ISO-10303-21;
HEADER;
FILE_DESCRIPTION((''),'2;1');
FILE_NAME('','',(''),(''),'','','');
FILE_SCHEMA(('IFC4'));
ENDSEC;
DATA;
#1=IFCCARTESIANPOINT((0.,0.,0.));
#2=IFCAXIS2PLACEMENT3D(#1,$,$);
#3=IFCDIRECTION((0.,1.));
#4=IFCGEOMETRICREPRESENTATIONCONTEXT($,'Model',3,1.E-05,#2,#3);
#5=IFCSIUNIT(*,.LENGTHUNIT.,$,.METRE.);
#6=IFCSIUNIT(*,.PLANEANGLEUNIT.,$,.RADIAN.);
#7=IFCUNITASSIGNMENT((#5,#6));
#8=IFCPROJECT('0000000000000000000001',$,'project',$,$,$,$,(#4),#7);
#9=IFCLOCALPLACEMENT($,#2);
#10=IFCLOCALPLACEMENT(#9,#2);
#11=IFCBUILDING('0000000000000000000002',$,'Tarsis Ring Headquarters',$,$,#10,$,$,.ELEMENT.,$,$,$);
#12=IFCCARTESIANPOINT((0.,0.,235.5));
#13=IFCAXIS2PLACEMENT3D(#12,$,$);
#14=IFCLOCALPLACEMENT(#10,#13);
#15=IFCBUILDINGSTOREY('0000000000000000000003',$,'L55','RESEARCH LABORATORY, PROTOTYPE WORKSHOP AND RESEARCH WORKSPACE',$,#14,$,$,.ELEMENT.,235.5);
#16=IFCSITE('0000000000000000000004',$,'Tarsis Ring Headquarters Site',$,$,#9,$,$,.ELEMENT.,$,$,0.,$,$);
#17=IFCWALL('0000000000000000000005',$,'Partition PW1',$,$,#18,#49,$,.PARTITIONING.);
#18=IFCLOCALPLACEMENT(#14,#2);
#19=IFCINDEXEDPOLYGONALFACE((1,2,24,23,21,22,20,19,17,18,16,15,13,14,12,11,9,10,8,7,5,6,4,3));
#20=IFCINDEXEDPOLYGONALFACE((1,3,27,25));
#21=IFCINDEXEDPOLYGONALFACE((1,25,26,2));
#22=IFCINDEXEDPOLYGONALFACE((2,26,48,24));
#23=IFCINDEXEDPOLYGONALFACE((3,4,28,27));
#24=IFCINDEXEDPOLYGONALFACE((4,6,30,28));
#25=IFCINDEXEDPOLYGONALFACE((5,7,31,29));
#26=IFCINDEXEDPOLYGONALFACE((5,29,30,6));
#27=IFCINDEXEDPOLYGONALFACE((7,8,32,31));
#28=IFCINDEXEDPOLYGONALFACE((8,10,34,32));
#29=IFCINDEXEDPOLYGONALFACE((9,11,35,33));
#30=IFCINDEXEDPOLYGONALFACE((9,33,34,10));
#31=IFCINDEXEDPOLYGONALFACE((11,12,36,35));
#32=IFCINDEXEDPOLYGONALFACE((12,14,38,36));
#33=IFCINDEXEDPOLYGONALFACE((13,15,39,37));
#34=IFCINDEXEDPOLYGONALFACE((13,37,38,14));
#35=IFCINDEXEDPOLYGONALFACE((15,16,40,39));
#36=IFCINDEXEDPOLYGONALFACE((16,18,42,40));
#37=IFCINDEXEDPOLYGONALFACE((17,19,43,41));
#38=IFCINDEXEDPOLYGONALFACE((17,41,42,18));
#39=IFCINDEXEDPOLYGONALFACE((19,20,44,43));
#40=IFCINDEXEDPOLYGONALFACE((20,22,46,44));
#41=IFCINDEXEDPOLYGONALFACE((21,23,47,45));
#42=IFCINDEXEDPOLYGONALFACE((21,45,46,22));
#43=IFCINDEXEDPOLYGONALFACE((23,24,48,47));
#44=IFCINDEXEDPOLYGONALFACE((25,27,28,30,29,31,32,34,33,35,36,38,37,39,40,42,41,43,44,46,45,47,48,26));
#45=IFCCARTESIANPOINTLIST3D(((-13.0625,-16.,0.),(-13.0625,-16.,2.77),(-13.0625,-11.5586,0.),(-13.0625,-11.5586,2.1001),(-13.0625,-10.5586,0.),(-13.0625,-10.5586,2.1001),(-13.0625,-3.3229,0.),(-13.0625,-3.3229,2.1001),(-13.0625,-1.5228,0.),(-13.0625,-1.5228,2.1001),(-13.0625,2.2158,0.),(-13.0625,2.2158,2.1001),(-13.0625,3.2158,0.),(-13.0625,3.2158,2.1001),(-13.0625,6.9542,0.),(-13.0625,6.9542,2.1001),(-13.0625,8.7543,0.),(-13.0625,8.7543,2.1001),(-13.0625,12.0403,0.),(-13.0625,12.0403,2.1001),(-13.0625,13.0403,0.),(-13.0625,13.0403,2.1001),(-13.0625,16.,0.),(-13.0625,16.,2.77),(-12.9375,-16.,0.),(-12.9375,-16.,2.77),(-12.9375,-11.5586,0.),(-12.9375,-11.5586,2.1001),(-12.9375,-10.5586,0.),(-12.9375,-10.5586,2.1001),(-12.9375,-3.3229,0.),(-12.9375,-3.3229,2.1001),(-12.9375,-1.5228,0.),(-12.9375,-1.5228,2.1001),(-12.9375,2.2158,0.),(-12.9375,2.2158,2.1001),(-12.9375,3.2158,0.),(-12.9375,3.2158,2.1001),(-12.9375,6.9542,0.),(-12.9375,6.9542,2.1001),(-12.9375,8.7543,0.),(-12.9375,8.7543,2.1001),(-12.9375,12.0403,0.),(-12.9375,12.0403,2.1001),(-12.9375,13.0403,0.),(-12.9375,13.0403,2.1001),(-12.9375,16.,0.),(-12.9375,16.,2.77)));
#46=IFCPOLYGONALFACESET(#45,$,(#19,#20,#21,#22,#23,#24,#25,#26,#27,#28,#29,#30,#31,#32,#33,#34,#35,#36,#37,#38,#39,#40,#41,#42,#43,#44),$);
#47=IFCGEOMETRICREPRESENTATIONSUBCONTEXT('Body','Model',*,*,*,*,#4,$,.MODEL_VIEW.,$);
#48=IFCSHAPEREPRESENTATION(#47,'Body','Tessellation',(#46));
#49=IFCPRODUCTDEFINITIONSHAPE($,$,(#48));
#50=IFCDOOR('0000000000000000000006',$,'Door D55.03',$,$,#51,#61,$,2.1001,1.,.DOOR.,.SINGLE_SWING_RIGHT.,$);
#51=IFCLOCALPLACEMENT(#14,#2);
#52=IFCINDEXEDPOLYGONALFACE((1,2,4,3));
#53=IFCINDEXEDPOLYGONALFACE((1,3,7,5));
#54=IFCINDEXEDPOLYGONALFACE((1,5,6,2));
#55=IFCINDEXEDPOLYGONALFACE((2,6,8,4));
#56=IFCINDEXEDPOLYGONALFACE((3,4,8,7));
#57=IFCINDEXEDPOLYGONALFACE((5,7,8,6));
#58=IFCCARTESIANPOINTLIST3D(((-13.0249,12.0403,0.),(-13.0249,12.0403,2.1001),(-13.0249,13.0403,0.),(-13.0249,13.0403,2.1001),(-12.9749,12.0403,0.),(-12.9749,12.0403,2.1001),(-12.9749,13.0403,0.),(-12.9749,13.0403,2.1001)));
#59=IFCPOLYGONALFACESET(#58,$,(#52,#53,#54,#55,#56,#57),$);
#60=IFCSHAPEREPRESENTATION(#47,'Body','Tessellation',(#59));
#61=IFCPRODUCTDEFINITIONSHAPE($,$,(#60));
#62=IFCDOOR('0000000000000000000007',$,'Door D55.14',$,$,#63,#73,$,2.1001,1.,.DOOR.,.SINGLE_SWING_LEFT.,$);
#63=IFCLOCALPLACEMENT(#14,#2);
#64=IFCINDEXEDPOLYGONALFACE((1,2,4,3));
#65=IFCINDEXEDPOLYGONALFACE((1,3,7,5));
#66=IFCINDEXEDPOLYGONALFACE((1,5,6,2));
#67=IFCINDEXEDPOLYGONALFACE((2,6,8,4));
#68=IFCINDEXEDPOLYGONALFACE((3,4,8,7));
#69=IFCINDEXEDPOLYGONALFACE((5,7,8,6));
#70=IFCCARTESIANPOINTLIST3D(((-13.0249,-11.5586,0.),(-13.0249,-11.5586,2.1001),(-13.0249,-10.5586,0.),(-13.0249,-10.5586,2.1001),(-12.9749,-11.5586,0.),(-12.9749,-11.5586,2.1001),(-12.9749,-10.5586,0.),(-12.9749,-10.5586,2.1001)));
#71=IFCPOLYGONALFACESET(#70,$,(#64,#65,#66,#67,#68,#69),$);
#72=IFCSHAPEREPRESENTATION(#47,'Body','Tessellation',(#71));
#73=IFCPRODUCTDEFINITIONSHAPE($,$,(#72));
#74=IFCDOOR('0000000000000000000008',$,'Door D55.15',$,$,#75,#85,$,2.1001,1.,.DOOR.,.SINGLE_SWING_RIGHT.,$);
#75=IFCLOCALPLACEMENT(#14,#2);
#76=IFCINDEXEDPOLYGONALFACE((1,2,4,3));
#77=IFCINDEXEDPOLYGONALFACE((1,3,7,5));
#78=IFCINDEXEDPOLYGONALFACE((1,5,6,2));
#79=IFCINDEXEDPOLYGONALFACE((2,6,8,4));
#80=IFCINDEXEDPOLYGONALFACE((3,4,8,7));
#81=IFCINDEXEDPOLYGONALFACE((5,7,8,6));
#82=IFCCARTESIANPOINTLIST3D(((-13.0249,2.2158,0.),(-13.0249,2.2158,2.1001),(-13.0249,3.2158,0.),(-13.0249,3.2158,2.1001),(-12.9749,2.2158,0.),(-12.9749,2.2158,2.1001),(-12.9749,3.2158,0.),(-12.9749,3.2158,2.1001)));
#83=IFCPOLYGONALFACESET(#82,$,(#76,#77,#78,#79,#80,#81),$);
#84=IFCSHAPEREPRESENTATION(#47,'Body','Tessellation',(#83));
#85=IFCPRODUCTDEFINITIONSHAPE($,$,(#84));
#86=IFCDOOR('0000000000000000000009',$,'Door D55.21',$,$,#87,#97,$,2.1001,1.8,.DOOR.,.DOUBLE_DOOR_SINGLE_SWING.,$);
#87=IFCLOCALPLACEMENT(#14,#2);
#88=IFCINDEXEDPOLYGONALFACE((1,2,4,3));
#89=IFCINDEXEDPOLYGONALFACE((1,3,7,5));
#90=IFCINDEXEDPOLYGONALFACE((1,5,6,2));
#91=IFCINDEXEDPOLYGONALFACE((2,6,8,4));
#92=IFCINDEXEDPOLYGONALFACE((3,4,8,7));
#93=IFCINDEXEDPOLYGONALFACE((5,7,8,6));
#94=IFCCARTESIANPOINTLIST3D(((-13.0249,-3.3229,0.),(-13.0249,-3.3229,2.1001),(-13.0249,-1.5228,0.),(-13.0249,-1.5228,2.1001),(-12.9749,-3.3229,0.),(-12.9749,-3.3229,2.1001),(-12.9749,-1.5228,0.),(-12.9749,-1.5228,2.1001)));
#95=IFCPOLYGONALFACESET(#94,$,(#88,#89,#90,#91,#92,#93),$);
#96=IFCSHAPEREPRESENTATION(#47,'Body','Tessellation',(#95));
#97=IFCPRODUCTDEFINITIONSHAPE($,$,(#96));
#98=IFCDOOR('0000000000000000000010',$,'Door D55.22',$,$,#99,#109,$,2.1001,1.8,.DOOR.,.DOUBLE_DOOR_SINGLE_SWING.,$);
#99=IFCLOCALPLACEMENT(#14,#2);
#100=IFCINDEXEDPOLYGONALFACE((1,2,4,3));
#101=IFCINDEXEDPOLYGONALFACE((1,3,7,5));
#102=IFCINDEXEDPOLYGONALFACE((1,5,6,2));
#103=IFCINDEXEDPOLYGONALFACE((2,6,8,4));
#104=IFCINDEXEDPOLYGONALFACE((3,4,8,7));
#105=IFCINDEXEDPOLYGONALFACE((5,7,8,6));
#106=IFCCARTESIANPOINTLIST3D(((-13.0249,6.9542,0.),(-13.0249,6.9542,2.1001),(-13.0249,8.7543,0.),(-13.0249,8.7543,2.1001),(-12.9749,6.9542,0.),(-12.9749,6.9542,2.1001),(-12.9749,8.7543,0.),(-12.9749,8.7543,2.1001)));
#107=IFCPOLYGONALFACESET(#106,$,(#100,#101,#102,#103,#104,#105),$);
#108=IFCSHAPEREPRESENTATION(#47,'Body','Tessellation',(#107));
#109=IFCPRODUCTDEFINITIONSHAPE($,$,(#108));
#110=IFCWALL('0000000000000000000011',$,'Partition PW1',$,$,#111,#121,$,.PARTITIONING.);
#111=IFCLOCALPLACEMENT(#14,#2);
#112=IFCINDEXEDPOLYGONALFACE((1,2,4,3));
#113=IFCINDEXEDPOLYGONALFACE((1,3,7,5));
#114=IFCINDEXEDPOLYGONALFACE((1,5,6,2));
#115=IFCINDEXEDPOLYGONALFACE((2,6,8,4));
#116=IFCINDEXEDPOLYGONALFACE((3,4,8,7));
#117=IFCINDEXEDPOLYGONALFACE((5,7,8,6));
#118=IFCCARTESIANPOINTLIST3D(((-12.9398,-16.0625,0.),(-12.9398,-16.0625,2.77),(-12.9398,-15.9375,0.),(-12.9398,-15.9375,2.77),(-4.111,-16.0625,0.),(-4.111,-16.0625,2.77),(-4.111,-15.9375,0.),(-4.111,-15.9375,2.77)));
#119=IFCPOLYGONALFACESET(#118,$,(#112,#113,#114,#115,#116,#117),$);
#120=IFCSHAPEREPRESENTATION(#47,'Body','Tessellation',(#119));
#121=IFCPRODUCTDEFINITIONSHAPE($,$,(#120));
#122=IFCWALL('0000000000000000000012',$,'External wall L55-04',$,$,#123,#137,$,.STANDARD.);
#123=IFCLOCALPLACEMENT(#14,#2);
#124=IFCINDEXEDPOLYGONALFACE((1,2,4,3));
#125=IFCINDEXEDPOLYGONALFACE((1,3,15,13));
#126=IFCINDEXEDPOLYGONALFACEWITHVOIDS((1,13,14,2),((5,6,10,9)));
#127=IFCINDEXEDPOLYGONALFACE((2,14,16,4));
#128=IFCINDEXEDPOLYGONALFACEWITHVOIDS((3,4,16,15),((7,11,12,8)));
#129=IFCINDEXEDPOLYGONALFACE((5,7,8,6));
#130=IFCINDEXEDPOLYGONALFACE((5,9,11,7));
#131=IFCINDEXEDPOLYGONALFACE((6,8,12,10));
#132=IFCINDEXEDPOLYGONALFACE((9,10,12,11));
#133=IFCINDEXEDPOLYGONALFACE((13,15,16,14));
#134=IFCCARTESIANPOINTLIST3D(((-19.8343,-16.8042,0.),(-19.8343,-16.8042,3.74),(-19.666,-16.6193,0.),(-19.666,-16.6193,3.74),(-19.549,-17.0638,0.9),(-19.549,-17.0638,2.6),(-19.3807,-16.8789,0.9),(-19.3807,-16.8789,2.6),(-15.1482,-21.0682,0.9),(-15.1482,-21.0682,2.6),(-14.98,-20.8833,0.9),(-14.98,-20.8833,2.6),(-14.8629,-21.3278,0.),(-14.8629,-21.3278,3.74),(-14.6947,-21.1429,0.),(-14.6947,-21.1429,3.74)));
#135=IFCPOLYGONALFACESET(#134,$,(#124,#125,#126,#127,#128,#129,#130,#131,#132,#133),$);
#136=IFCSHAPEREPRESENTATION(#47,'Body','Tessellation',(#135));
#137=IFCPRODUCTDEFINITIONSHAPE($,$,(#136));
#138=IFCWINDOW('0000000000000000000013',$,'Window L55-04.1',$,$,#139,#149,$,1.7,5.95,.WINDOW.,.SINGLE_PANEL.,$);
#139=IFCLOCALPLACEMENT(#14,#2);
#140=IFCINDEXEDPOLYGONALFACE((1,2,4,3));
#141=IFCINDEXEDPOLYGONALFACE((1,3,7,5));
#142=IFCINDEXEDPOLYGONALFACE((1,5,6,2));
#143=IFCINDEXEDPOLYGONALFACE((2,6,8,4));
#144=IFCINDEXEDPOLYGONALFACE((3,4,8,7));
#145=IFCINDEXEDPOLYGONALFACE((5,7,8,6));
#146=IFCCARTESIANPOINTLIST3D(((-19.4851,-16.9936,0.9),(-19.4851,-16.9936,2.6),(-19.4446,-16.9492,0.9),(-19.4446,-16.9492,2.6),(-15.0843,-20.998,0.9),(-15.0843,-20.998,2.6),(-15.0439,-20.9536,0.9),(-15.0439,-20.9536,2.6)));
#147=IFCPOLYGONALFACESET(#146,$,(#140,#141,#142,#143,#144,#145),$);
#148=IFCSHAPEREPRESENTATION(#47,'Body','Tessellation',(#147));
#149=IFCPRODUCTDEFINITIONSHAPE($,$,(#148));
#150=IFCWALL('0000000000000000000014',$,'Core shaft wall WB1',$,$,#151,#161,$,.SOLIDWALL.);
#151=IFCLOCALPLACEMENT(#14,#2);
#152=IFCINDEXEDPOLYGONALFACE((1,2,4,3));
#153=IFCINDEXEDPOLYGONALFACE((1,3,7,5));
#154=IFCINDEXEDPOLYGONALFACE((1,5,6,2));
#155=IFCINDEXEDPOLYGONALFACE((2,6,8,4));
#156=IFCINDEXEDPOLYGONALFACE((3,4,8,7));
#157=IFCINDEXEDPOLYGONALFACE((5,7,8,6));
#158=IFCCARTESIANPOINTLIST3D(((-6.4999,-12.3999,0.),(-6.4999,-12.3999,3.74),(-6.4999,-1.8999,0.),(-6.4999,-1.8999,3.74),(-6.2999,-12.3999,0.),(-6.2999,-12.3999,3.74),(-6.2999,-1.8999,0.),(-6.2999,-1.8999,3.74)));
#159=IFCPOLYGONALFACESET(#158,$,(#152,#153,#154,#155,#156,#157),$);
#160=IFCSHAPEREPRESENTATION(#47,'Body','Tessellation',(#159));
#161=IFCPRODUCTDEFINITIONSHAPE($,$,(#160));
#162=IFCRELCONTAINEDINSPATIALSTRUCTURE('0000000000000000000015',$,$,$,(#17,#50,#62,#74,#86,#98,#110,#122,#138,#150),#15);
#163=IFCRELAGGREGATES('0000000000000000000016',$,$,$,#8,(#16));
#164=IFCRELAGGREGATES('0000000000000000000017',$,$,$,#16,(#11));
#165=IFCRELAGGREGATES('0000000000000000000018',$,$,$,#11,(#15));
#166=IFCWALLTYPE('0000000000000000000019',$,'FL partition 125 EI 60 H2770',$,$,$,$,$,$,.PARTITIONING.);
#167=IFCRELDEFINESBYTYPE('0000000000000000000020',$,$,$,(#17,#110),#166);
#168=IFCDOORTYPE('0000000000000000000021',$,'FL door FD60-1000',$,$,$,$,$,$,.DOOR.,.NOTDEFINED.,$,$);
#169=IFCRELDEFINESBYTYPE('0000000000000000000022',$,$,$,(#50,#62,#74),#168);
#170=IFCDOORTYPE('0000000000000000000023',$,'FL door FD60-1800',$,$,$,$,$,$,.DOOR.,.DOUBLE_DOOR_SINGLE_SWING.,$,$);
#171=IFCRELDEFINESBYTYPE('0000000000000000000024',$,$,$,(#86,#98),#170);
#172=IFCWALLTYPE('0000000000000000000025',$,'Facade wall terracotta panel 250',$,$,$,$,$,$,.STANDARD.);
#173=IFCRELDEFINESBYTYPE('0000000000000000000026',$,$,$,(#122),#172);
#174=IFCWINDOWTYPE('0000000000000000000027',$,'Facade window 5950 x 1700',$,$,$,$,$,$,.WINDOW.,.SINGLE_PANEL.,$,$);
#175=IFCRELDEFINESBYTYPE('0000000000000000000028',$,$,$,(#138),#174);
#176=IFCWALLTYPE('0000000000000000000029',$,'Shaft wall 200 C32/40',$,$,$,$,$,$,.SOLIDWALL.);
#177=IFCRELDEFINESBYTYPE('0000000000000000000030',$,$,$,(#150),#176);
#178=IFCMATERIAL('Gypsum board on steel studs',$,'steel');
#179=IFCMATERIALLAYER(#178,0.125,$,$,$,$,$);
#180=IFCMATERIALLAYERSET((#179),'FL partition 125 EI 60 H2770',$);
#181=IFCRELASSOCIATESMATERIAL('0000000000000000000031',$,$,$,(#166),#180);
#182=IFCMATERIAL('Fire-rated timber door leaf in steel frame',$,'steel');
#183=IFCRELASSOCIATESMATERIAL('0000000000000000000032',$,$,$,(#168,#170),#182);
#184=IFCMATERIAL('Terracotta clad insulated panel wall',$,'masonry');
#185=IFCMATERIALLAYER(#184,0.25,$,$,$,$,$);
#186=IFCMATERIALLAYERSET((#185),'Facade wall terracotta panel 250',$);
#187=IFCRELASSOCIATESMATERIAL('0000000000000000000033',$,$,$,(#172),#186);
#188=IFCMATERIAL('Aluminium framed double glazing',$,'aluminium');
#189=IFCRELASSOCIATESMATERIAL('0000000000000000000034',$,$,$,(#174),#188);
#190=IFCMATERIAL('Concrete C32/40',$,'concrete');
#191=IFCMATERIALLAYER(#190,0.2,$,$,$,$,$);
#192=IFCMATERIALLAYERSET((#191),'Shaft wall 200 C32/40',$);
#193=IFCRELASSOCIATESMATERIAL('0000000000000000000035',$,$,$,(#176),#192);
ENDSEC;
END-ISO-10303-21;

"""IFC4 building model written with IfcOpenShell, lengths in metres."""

from ifc_helpers import new_model, si_unit, direction, frame, frame_2d, origin, place, context, subcontext, project, spatial, rectangle, extrude, material, layer, layer_set, type_object, element, fill, save


model = new_model("IFC4")

# Units and contexts
model_context = context("Model", 3, precision=1e-05, world=origin(), true_north=direction((0.0, 1.0)))
body_context = subcontext(model_context, "Body", "Model", "MODEL_VIEW")
ifc_project = project(units=[si_unit("LENGTHUNIT", "METRE"), si_unit("PLANEANGLEUNIT", "RADIAN")], contexts=[model_context])

# Site, building, storey
site_placement = place(None, origin())
site = spatial("IfcSite", under=ifc_project, at=site_placement, Name="Tarsis Ring Headquarters Site", CompositionType="ELEMENT", RefElevation=0.0)
building_placement = place(site_placement, origin())
building = spatial("IfcBuilding", under=site, at=building_placement, Name="Tarsis Ring Headquarters", CompositionType="ELEMENT")
storey_placement = place(building_placement, frame((0.0, 0.0, 235.5)))
storey = spatial("IfcBuildingStorey", under=building, at=storey_placement, Name="L55", Description="RESEARCH LABORATORY, PROTOTYPE WORKSHOP AND RESEARCH WORKSPACE", CompositionType="ELEMENT", Elevation=235.5)

# Wall, openings, doors
ifc_material_1 = material(Name="Gypsum board on steel studs", Category="steel")
ifc_layer_1 = layer(ifc_material_1, 0.125)
ifc_layer_set_1 = layer_set([ifc_layer_1], Name="FL partition 125 EI 60 H2770")
wall_type_1 = type_object("IfcWallType", Name="FL partition 125 EI 60 H2770", PredefinedType="PARTITIONING", material=ifc_layer_set_1)
wall_1_placement = place(storey_placement, frame((-13.0, -16.0, 0.0), z_axis=(0.0, 0.0, 1.0), x_axis=(0.0, 1.0, 0.0)))
wall_1 = element("IfcWall", 1, at=wall_1_placement, inside=storey, type_object=wall_type_1, Name="Partition PW1", PredefinedType="PARTITIONING", context=body_context, shape_type="SweptSolid", body=[
    extrude(rectangle(XDim=32.0, YDim=0.125, at=frame_2d((16.0, 0.0))), origin(), (0.0, 0.0, 1.0), 2.77),
])
opening_1_placement = place(wall_1_placement, frame((28.0403, 0.0, 0.0)))
opening_1 = element("IfcOpeningElement", 2, at=opening_1_placement, cuts=wall_1, PredefinedType="OPENING", context=body_context, shape_type="SweptSolid", body=[
    extrude(rectangle(XDim=1.0, YDim=2.1001, at=frame_2d((0.5, 1.05))), frame((0.0, 0.0725, 0.0), z_axis=(0.0, -1.0, 0.0), x_axis=(1.0, 0.0, 0.0)), (0.0, 0.0, 1.0), 0.145),
])
opening_2_placement = place(wall_1_placement, frame((4.4414, 0.0, 0.0)))
opening_2 = element("IfcOpeningElement", 3, at=opening_2_placement, cuts=wall_1, PredefinedType="OPENING", context=body_context, shape_type="SweptSolid", body=[
    extrude(rectangle(XDim=1.0, YDim=2.1001, at=frame_2d((0.5, 1.05))), frame((0.0, 0.0725, 0.0), z_axis=(0.0, -1.0, 0.0), x_axis=(1.0, 0.0, 0.0)), (0.0, 0.0, 1.0), 0.145),
])
opening_3_placement = place(wall_1_placement, frame((18.2158, 0.0, 0.0)))
opening_3 = element("IfcOpeningElement", 4, at=opening_3_placement, cuts=wall_1, PredefinedType="OPENING", context=body_context, shape_type="SweptSolid", body=[
    extrude(rectangle(XDim=1.0, YDim=2.1001, at=frame_2d((0.5, 1.05))), frame((0.0, 0.0725, 0.0), z_axis=(0.0, -1.0, 0.0), x_axis=(1.0, 0.0, 0.0)), (0.0, 0.0, 1.0), 0.145),
])
opening_4_placement = place(wall_1_placement, frame((12.6772, 0.0, 0.0)))
opening_4 = element("IfcOpeningElement", 5, at=opening_4_placement, cuts=wall_1, PredefinedType="OPENING", context=body_context, shape_type="SweptSolid", body=[
    extrude(rectangle(XDim=1.8, YDim=2.1001, at=frame_2d((0.8999, 1.05))), frame((0.0, 0.0725, 0.0), z_axis=(0.0, -1.0, 0.0), x_axis=(1.0, 0.0, 0.0)), (0.0, 0.0, 1.0), 0.145),
])
opening_5_placement = place(wall_1_placement, frame((22.9543, 0.0, 0.0)))
opening_5 = element("IfcOpeningElement", 6, at=opening_5_placement, cuts=wall_1, PredefinedType="OPENING", context=body_context, shape_type="SweptSolid", body=[
    extrude(rectangle(XDim=1.8, YDim=2.1001, at=frame_2d((0.8999, 1.05))), frame((0.0, 0.0725, 0.0), z_axis=(0.0, -1.0, 0.0), x_axis=(1.0, 0.0, 0.0)), (0.0, 0.0, 1.0), 0.145),
])
ifc_material_2 = material(Name="Fire-rated timber door leaf in steel frame", Category="steel")
door_type_1 = type_object("IfcDoorType", Name="FL door FD60-1000", OperationType="NOTDEFINED", PredefinedType="DOOR", material=ifc_material_2)
door_1_placement = place(opening_1_placement, origin())
door_1 = element("IfcDoor", 7, at=door_1_placement, inside=storey, type_object=door_type_1, Name="Door D55.03", OperationType="SINGLE_SWING_RIGHT", OverallHeight=2.1001, OverallWidth=1.0, PredefinedType="DOOR", context=body_context, shape_type="SweptSolid", body=[
    extrude(rectangle(XDim=1.0, YDim=2.1001, at=frame_2d((0.5, 1.05))), frame((0.0, 0.0249, 0.0), z_axis=(0.0, -1.0, 0.0), x_axis=(1.0, 0.0, 0.0)), (0.0, 0.0, 1.0), 0.05),
])
fill(opening_1, door_1)
door_2_placement = place(opening_2_placement, origin())
door_2 = element("IfcDoor", 8, at=door_2_placement, inside=storey, type_object=door_type_1, Name="Door D55.14", OperationType="SINGLE_SWING_LEFT", OverallHeight=2.1001, OverallWidth=1.0, PredefinedType="DOOR", context=body_context, shape_type="SweptSolid", body=[
    extrude(rectangle(XDim=1.0, YDim=2.1001, at=frame_2d((0.5, 1.05))), frame((0.0, 0.0249, 0.0), z_axis=(0.0, -1.0, 0.0), x_axis=(1.0, 0.0, 0.0)), (0.0, 0.0, 1.0), 0.05),
])
fill(opening_2, door_2)
door_3_placement = place(opening_3_placement, origin())
door_3 = element("IfcDoor", 9, at=door_3_placement, inside=storey, type_object=door_type_1, Name="Door D55.15", OperationType="SINGLE_SWING_RIGHT", OverallHeight=2.1001, OverallWidth=1.0, PredefinedType="DOOR", context=body_context, shape_type="SweptSolid", body=[
    extrude(rectangle(XDim=1.0, YDim=2.1001, at=frame_2d((0.5, 1.05))), frame((0.0, 0.0249, 0.0), z_axis=(0.0, -1.0, 0.0), x_axis=(1.0, 0.0, 0.0)), (0.0, 0.0, 1.0), 0.05),
])
fill(opening_3, door_3)
door_type_2 = type_object("IfcDoorType", Name="FL door FD60-1800", OperationType="DOUBLE_DOOR_SINGLE_SWING", PredefinedType="DOOR", material=ifc_material_2)
door_4_placement = place(opening_4_placement, origin())
door_4 = element("IfcDoor", 10, at=door_4_placement, inside=storey, type_object=door_type_2, Name="Door D55.21", OperationType="DOUBLE_DOOR_SINGLE_SWING", OverallHeight=2.1001, OverallWidth=1.8, PredefinedType="DOOR", context=body_context, shape_type="SweptSolid", body=[
    extrude(rectangle(XDim=1.8, YDim=2.1001, at=frame_2d((0.8999, 1.05))), frame((0.0, 0.0249, 0.0), z_axis=(0.0, -1.0, 0.0), x_axis=(1.0, 0.0, 0.0)), (0.0, 0.0, 1.0), 0.05),
])
fill(opening_4, door_4)
door_5_placement = place(opening_5_placement, origin())
door_5 = element("IfcDoor", 11, at=door_5_placement, inside=storey, type_object=door_type_2, Name="Door D55.22", OperationType="DOUBLE_DOOR_SINGLE_SWING", OverallHeight=2.1001, OverallWidth=1.8, PredefinedType="DOOR", context=body_context, shape_type="SweptSolid", body=[
    extrude(rectangle(XDim=1.8, YDim=2.1001, at=frame_2d((0.8999, 1.05))), frame((0.0, 0.0249, 0.0), z_axis=(0.0, -1.0, 0.0), x_axis=(1.0, 0.0, 0.0)), (0.0, 0.0, 1.0), 0.05),
])
fill(opening_5, door_5)

# Wall
wall_2_placement = place(storey_placement, frame((-12.9399, -16.0, 0.0), z_axis=(0.0, 0.0, 1.0), x_axis=(1.0, 0.0, 0.0)))
element("IfcWall", 12, at=wall_2_placement, inside=storey, type_object=wall_type_1, Name="Partition PW1", PredefinedType="PARTITIONING", context=body_context, shape_type="SweptSolid", body=[
    extrude(rectangle(XDim=8.8289, YDim=0.125, at=frame_2d((4.4146, 0.0))), origin(), (0.0, 0.0, 1.0), 2.77),
])

# Wall, opening, window
ifc_material_3 = material(Name="Terracotta clad insulated panel wall", Category="masonry")
ifc_layer_2 = layer(ifc_material_3, 0.25)
ifc_layer_set_2 = layer_set([ifc_layer_2], Name="Facade wall terracotta panel 250")
wall_type_2 = type_object("IfcWallType", Name="Facade wall terracotta panel 250", PredefinedType="STANDARD", material=ifc_layer_set_2)
wall_3_placement = place(storey_placement, frame((-19.7502, -16.7117, 0.0), z_axis=(0.0, 0.0, 1.0), x_axis=(0.739629, -0.673014, 0.0)))
wall_3 = element("IfcWall", 13, at=wall_3_placement, inside=storey, type_object=wall_type_2, Name="External wall L55-04", PredefinedType="STANDARD", context=body_context, shape_type="SweptSolid", body=[
    extrude(rectangle(XDim=6.7214, YDim=0.25, at=frame_2d((3.3608, 0.0))), origin(), (0.0, 0.0, 1.0), 3.74),
])
opening_6_placement = place(wall_3_placement, frame((0.3857, 0.0, 0.8999)))
opening_6 = element("IfcOpeningElement", 14, at=opening_6_placement, cuts=wall_3, PredefinedType="OPENING", context=body_context, shape_type="SweptSolid", body=[
    extrude(rectangle(XDim=5.95, YDim=1.7, at=frame_2d((2.9751, 0.8501))), frame((0.0, 0.135, 0.0), z_axis=(0.0, -1.0, 0.0), x_axis=(1.0, 0.0, 0.0)), (0.0, 0.0, 1.0), 0.27),
])
ifc_material_4 = material(Name="Aluminium framed double glazing", Category="aluminium")
window_type = type_object("IfcWindowType", Name="Facade window 5950 x 1700", PartitioningType="SINGLE_PANEL", PredefinedType="WINDOW", material=ifc_material_4)
window_placement = place(opening_6_placement, origin())
window = element("IfcWindow", 15, at=window_placement, inside=storey, type_object=window_type, Name="Window L55-04.1", OverallHeight=1.7, OverallWidth=5.95, PartitioningType="SINGLE_PANEL", PredefinedType="WINDOW", context=body_context, shape_type="SweptSolid", body=[
    extrude(rectangle(XDim=5.95, YDim=1.7, at=frame_2d((2.9751, 0.8501))), frame((0.0, 0.03, 0.0), z_axis=(0.0, -1.0, 0.0), x_axis=(1.0, 0.0, 0.0)), (0.0, 0.0, 1.0), 0.0601),
])
fill(opening_6, window)

# Wall
ifc_material_5 = material(Name="Concrete C32/40", Category="concrete")
ifc_layer_3 = layer(ifc_material_5, 0.2)
ifc_layer_set_3 = layer_set([ifc_layer_3], Name="Shaft wall 200 C32/40")
wall_type_3 = type_object("IfcWallType", Name="Shaft wall 200 C32/40", PredefinedType="SOLIDWALL", material=ifc_layer_set_3)
wall_4_placement = place(storey_placement, frame((-6.3999, -12.3999, 0.0), z_axis=(0.0, 0.0, 1.0), x_axis=(0.0, 1.0, 0.0)))
element("IfcWall", 16, at=wall_4_placement, inside=storey, type_object=wall_type_3, Name="Core shaft wall WB1", PredefinedType="SOLIDWALL", context=body_context, shape_type="SweptSolid", body=[
    extrude(rectangle(XDim=10.5, YDim=0.2, at=frame_2d((5.25, 0.0))), origin(), (0.0, 0.0, 1.0), 3.74),
])

save(model, "model.ifc")
